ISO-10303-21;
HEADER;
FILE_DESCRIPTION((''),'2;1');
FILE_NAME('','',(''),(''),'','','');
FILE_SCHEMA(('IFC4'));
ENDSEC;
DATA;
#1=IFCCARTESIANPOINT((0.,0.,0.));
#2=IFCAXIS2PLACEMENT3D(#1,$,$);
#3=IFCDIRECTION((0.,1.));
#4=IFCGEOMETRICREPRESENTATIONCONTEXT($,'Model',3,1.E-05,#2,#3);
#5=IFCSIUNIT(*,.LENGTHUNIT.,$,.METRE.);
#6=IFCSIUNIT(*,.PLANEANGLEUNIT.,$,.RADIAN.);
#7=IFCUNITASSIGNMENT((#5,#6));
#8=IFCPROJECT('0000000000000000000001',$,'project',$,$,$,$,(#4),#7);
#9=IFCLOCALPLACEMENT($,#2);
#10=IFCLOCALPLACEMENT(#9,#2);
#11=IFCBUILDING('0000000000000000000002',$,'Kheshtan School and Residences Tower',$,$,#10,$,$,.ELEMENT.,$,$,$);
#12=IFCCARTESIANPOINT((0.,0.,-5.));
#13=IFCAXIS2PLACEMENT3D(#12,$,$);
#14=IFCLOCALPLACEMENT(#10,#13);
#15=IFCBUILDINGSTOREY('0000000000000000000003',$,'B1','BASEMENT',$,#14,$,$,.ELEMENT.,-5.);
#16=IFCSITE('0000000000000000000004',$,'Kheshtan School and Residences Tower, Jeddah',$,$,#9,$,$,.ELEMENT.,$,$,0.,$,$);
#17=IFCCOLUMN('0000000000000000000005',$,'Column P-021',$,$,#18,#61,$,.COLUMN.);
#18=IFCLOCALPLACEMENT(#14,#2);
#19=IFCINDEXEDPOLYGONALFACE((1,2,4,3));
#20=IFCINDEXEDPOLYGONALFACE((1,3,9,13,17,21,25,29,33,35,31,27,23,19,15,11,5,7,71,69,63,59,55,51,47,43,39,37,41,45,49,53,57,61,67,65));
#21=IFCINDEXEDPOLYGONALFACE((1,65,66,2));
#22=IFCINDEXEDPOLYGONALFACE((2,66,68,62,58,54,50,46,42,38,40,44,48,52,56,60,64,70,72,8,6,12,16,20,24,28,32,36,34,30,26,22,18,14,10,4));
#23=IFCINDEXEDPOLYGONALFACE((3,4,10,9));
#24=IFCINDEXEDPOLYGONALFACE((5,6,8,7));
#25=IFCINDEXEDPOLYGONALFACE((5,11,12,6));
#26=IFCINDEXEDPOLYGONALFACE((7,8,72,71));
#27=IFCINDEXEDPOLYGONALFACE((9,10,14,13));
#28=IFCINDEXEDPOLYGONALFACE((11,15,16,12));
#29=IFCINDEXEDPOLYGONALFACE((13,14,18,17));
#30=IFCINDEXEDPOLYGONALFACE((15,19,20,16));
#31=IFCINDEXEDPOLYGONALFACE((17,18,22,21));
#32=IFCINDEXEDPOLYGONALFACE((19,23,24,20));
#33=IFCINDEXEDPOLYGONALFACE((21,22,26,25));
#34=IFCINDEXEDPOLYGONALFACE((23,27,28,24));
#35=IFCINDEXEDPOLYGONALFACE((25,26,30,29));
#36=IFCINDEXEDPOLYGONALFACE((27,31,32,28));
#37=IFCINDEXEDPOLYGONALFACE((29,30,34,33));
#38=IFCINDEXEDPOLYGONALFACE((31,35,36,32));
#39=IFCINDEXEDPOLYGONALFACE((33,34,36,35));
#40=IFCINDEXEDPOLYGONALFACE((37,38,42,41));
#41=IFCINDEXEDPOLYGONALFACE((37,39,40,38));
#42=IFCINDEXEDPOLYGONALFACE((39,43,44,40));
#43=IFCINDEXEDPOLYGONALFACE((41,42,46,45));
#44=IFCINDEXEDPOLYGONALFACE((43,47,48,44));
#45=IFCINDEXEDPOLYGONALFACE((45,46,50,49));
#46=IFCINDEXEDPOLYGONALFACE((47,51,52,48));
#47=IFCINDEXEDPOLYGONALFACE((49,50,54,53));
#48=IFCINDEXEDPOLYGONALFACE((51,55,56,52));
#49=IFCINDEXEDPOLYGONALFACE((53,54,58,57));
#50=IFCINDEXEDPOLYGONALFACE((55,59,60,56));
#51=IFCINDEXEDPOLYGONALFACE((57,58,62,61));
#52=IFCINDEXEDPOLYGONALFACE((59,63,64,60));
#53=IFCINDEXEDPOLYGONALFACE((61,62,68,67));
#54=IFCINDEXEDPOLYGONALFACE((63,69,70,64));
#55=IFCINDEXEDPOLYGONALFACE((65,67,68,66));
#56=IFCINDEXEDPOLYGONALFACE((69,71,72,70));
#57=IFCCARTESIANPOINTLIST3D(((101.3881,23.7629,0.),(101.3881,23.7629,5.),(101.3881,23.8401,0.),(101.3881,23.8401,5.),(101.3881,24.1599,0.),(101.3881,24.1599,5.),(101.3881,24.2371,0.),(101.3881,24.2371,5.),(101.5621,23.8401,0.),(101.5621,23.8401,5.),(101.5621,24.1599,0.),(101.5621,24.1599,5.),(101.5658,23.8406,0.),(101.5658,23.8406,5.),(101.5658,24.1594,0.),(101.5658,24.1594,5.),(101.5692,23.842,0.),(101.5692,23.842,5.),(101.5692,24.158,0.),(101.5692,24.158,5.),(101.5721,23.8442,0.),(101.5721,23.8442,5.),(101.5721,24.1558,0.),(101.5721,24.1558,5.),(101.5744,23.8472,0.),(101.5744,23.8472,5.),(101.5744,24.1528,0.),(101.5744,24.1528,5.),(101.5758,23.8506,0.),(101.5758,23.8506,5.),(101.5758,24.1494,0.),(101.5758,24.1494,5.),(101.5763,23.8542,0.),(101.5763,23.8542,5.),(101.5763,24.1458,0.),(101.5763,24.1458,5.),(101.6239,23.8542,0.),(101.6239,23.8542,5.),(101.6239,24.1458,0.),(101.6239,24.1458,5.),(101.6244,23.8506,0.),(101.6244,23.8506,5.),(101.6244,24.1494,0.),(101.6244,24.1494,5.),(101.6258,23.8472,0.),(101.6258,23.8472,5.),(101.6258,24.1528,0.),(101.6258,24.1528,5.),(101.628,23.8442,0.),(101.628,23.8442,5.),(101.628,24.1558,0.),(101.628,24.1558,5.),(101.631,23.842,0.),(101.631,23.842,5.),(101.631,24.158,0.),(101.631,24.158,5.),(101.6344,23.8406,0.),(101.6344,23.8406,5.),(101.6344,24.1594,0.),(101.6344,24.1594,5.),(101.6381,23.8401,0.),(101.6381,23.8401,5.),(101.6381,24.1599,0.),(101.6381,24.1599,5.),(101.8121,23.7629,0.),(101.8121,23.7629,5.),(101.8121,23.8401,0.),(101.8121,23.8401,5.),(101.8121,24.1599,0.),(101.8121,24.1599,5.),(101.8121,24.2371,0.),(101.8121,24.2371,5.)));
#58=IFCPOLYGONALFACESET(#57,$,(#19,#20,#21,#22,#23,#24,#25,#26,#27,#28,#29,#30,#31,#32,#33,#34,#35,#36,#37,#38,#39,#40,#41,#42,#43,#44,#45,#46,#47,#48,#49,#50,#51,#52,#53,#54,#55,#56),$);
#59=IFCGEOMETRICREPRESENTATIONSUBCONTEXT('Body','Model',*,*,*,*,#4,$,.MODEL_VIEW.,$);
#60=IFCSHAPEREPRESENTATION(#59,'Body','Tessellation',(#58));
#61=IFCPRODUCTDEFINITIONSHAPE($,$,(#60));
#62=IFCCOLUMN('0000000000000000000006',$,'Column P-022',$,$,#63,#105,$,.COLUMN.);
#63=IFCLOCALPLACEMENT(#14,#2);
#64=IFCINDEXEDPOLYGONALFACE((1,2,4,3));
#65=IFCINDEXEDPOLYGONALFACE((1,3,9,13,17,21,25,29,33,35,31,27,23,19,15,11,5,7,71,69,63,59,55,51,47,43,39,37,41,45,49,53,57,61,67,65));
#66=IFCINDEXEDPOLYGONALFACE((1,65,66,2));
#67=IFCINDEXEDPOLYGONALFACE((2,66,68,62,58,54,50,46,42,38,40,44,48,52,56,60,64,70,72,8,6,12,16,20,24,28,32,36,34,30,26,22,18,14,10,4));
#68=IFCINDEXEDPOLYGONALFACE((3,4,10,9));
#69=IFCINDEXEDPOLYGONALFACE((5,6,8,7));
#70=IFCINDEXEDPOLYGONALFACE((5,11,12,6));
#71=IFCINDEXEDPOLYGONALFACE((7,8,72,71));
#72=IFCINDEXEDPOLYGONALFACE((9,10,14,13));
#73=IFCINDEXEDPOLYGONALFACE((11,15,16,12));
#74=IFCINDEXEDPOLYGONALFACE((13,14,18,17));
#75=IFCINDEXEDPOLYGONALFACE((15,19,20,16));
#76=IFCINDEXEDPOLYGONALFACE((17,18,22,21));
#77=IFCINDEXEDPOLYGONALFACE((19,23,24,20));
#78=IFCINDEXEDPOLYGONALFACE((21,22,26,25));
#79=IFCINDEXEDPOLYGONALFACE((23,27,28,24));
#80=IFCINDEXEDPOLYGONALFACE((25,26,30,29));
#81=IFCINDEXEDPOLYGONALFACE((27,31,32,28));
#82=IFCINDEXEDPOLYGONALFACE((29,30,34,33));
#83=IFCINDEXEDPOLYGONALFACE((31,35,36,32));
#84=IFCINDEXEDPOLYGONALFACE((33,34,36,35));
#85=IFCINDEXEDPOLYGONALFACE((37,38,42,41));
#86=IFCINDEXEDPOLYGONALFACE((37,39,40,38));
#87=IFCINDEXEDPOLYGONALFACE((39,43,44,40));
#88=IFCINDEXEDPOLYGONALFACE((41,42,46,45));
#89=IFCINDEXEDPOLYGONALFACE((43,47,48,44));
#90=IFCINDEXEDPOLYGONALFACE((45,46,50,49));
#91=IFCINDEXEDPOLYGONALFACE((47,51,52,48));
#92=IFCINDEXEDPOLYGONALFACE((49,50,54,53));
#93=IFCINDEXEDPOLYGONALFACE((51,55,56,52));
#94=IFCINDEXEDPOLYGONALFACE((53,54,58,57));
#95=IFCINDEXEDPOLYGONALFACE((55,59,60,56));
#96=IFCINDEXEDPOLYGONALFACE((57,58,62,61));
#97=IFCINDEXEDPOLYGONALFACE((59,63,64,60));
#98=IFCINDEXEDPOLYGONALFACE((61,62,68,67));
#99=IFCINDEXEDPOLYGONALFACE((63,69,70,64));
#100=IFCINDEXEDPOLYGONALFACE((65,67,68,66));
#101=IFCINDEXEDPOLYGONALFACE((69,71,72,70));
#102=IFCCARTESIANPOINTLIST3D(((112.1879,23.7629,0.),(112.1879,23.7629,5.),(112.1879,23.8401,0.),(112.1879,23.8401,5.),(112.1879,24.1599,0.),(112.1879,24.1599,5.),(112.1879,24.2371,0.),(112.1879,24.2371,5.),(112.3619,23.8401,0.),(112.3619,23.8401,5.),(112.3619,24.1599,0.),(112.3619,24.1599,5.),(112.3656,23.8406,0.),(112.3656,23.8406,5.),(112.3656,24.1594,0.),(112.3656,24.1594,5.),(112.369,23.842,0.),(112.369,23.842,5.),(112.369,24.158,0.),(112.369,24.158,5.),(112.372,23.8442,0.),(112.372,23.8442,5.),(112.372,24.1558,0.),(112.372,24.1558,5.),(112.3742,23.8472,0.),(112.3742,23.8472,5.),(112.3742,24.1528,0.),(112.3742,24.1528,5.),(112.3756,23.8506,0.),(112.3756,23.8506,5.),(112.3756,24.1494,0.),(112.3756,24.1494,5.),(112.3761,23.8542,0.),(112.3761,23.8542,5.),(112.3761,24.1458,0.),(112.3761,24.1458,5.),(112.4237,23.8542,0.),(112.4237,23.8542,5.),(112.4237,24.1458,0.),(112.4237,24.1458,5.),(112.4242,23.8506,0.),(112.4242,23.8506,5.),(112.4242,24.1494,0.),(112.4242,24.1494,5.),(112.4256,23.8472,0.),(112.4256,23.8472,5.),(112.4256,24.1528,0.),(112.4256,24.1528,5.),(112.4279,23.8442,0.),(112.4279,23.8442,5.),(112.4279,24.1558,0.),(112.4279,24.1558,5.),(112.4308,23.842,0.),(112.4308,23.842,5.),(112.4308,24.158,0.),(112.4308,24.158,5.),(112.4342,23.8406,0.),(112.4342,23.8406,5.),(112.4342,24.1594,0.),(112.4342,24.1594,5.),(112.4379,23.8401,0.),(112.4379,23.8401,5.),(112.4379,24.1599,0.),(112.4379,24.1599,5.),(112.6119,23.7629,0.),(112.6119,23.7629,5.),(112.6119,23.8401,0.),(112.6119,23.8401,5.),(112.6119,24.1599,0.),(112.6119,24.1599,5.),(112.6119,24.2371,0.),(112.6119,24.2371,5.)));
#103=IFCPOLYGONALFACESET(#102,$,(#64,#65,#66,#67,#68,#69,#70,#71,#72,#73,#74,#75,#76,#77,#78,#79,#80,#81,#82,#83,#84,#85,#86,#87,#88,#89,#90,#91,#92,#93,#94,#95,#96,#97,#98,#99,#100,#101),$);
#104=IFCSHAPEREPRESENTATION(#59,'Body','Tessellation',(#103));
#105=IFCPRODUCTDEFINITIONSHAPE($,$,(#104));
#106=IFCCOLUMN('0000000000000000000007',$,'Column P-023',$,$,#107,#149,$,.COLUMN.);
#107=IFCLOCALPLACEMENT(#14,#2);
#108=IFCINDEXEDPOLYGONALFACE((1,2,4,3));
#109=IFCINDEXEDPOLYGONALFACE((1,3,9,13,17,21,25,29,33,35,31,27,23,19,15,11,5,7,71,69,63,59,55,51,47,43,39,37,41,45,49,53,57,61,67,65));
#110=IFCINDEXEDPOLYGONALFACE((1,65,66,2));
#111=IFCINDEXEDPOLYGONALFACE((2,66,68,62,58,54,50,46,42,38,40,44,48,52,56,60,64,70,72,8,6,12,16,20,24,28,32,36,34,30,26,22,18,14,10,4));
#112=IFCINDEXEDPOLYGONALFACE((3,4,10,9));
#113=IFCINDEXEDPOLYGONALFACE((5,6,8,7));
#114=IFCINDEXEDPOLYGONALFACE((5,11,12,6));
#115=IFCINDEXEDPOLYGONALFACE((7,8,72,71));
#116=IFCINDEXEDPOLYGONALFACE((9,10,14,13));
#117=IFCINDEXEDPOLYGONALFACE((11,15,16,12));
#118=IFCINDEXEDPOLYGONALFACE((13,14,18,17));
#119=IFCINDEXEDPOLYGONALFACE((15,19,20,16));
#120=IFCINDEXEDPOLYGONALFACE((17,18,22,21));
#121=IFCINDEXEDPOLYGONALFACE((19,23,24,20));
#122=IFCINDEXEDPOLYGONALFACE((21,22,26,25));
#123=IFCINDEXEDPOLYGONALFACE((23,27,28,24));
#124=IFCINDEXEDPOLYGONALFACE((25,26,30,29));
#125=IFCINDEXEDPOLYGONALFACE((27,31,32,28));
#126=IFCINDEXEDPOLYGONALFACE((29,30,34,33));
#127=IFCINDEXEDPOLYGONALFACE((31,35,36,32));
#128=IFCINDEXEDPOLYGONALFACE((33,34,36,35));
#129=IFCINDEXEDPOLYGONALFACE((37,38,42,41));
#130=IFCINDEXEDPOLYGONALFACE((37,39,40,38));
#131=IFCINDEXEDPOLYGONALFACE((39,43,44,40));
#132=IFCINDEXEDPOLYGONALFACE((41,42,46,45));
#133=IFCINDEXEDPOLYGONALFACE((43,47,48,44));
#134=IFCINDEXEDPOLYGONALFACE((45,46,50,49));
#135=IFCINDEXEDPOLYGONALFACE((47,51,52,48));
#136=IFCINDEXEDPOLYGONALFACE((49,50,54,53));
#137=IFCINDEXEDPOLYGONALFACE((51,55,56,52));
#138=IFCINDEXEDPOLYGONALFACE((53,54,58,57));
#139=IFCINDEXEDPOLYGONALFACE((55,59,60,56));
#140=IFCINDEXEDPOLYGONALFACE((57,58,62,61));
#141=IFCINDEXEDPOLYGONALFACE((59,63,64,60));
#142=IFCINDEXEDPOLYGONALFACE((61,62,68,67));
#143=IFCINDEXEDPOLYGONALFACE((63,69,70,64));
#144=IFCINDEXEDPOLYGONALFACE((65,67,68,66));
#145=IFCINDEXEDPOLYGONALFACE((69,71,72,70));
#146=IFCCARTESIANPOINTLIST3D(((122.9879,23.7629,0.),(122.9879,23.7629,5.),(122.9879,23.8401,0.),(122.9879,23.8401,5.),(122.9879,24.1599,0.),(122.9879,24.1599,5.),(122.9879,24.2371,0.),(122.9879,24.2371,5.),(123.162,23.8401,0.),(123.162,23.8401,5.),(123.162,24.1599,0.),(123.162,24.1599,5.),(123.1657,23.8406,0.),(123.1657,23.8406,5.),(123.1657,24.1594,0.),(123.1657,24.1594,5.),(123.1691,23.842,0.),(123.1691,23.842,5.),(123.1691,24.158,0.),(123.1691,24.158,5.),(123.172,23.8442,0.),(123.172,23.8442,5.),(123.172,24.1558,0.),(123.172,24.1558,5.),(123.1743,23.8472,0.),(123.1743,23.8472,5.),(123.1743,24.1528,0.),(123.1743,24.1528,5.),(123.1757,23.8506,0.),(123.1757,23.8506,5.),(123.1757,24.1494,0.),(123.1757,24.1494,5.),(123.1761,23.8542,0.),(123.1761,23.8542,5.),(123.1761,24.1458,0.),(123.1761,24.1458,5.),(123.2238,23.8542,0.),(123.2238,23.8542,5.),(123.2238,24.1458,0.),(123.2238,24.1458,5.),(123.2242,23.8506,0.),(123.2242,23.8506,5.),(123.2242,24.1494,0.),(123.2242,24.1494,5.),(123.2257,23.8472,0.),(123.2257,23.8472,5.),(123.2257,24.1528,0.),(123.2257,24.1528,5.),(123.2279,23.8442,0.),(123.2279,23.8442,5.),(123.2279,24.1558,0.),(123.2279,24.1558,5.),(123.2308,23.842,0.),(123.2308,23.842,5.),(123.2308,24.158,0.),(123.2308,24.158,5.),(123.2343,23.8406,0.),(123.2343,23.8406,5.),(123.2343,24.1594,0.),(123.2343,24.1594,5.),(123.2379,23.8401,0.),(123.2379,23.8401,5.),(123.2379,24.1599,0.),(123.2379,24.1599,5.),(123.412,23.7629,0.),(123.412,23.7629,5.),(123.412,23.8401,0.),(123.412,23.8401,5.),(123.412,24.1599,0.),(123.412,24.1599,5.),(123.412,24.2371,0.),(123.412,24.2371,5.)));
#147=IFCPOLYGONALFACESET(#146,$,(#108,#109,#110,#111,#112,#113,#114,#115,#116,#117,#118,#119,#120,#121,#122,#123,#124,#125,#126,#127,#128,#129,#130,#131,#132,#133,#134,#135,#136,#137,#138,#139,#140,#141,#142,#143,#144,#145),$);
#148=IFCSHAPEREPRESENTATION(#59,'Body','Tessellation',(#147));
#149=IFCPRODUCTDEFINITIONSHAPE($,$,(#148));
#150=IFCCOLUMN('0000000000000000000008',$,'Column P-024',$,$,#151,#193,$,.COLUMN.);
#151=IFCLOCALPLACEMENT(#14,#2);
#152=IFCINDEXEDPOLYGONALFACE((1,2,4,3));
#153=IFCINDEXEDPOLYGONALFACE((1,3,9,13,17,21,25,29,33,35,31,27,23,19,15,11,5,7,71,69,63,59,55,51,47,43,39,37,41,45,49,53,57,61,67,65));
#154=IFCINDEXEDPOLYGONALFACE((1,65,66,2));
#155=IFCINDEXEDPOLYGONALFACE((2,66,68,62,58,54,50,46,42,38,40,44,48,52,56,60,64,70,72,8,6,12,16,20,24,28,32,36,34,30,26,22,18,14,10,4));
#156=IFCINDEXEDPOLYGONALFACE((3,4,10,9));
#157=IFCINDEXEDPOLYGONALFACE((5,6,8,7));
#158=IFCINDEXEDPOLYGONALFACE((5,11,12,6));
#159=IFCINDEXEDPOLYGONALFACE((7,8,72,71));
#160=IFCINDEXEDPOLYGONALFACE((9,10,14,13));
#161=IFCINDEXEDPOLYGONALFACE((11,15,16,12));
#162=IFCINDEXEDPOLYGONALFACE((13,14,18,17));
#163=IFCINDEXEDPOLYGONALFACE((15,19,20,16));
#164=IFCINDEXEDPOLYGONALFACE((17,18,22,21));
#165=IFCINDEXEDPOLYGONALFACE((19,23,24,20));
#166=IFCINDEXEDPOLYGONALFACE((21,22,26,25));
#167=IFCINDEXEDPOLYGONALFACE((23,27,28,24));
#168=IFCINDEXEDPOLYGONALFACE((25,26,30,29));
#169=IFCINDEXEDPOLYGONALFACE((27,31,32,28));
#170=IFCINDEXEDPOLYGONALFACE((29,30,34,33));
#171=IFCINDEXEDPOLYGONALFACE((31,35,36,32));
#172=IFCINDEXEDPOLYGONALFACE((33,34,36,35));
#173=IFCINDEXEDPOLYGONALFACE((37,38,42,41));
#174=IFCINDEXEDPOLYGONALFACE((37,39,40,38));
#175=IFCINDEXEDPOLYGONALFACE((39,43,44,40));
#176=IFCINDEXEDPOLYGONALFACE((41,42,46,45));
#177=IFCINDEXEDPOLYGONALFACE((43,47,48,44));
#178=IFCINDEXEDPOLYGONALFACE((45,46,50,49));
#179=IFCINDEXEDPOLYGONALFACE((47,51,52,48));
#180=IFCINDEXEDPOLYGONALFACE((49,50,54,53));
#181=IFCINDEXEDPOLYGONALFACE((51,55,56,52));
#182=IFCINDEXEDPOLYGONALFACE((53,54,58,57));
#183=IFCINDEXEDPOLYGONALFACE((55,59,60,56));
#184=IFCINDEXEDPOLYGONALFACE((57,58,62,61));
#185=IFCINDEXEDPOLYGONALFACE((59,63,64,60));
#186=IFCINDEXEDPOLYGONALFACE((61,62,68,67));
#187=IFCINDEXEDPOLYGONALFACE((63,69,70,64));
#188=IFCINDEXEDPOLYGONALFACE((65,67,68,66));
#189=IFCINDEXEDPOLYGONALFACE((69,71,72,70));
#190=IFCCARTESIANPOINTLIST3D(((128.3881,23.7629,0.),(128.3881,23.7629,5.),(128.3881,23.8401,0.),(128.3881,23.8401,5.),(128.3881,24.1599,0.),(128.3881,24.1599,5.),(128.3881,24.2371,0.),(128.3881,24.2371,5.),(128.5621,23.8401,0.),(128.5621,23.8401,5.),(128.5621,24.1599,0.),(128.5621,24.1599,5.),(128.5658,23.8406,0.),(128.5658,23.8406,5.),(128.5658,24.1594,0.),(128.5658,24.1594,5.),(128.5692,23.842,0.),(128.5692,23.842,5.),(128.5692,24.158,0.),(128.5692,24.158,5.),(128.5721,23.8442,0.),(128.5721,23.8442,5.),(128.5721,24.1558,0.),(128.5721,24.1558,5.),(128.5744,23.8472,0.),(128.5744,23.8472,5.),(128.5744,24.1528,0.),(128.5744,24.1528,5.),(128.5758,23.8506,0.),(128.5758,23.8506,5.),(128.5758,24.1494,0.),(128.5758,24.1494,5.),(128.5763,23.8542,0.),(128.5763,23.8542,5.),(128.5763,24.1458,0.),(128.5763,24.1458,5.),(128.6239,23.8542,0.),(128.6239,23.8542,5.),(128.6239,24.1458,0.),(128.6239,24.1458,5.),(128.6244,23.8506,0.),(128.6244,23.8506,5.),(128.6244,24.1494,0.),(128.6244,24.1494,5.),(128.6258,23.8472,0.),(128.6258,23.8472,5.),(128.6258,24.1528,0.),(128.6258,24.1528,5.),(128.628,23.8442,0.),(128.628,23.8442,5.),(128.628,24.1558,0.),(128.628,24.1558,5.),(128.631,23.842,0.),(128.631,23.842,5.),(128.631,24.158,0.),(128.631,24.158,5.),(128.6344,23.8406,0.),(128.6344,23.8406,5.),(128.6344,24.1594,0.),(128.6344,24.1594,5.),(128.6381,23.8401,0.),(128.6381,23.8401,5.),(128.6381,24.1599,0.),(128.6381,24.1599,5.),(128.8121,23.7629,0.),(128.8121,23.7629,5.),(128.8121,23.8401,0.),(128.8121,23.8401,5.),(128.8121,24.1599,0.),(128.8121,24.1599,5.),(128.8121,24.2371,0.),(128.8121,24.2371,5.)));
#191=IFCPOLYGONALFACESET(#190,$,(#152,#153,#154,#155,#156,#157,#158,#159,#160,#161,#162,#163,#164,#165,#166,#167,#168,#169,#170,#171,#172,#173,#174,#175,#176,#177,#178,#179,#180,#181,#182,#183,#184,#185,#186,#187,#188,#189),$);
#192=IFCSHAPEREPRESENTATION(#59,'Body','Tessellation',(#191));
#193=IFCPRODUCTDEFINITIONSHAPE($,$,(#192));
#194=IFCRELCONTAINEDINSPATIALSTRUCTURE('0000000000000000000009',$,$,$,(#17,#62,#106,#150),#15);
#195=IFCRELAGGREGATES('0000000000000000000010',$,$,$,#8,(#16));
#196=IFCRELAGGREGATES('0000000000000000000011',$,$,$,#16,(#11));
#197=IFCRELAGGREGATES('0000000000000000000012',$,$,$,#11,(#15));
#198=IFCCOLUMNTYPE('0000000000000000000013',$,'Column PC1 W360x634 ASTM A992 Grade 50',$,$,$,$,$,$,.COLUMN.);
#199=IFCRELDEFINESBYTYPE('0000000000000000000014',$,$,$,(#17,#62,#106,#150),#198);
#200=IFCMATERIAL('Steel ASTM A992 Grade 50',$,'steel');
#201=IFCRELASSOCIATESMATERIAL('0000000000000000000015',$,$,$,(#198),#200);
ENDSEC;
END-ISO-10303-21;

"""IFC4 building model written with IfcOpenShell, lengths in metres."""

from ifc_helpers import new_model, si_unit, direction, frame, origin, origin_2d, place, context, subcontext, project, spatial, i_section, extrude, material, material_profile, profile_set, type_object, element, save


model = new_model("IFC4")

# Units and contexts
model_context = context("Model", 3, precision=1e-05, world=origin(), true_north=direction((0.0, 1.0)))
body_context = subcontext(model_context, "Body", "Model", "MODEL_VIEW")
ifc_project = project(units=[si_unit("LENGTHUNIT", "METRE"), si_unit("PLANEANGLEUNIT", "RADIAN")], contexts=[model_context])

# Site, building, storey
site_placement = place(None, origin())
site = spatial("IfcSite", under=ifc_project, at=site_placement, Name="Kheshtan School and Residences Tower, Jeddah", CompositionType="ELEMENT", RefElevation=0.0)
building_placement = place(site_placement, origin())
building = spatial("IfcBuilding", under=site, at=building_placement, Name="Kheshtan School and Residences Tower", CompositionType="ELEMENT")
storey_placement = place(building_placement, frame((0.0, 0.0, -5.0)))
storey = spatial("IfcBuildingStorey", under=building, at=storey_placement, Name="B1", Description="BASEMENT", CompositionType="ELEMENT", Elevation=-5.0)

# Columns
ifc_material_1 = material(Name="Steel ASTM A992 Grade 50", Category="steel")
ifc_material_profile = material_profile(ifc_material_1, i_section(OverallWidth=0.4241, OverallDepth=0.4741, WebThickness=0.0476, FlangeThickness=0.0771, FilletRadius=0.0142, at=origin_2d()), Name="W360x634")
ifc_profile_set = profile_set([ifc_material_profile], Name="Steel ASTM A992 Grade 50")
column_type = type_object("IfcColumnType", Name="Column PC1 W360x634 ASTM A992 Grade 50", PredefinedType="COLUMN", material=ifc_profile_set)
for number, where, z_axis, x_axis, name in (
    (1, (101.6001, 24.0, 0.0), (0.0, 0.0, 1.0), (1.0, 0.0, 0.0), "Column P-021"),
    (2, (112.3999, 24.0, 0.0), (0.0, 0.0, 1.0), (1.0, 0.0, 0.0), "Column P-022"),
    (3, (123.2, 24.0, 0.0), (0.0, 0.0, 1.0), (1.0, 0.0, 0.0), "Column P-023"),
    (4, (128.6001, 24.0, 0.0), (0.0, 0.0, 1.0), (1.0, 0.0, 0.0), "Column P-024"),
):
    element("IfcColumn", number, at=place(storey_placement, frame(where, z_axis=z_axis, x_axis=x_axis)), inside=storey, type_object=column_type, Name=name, PredefinedType="COLUMN", context=body_context, shape_type="SweptSolid", body=[
        extrude(i_section(OverallWidth=0.4241, OverallDepth=0.4741, WebThickness=0.0476, FlangeThickness=0.0771, FilletRadius=0.0142, at=origin_2d()), origin(), (0.0, 0.0, 1.0), 5.0),
    ])

save(model, "model.ifc")
